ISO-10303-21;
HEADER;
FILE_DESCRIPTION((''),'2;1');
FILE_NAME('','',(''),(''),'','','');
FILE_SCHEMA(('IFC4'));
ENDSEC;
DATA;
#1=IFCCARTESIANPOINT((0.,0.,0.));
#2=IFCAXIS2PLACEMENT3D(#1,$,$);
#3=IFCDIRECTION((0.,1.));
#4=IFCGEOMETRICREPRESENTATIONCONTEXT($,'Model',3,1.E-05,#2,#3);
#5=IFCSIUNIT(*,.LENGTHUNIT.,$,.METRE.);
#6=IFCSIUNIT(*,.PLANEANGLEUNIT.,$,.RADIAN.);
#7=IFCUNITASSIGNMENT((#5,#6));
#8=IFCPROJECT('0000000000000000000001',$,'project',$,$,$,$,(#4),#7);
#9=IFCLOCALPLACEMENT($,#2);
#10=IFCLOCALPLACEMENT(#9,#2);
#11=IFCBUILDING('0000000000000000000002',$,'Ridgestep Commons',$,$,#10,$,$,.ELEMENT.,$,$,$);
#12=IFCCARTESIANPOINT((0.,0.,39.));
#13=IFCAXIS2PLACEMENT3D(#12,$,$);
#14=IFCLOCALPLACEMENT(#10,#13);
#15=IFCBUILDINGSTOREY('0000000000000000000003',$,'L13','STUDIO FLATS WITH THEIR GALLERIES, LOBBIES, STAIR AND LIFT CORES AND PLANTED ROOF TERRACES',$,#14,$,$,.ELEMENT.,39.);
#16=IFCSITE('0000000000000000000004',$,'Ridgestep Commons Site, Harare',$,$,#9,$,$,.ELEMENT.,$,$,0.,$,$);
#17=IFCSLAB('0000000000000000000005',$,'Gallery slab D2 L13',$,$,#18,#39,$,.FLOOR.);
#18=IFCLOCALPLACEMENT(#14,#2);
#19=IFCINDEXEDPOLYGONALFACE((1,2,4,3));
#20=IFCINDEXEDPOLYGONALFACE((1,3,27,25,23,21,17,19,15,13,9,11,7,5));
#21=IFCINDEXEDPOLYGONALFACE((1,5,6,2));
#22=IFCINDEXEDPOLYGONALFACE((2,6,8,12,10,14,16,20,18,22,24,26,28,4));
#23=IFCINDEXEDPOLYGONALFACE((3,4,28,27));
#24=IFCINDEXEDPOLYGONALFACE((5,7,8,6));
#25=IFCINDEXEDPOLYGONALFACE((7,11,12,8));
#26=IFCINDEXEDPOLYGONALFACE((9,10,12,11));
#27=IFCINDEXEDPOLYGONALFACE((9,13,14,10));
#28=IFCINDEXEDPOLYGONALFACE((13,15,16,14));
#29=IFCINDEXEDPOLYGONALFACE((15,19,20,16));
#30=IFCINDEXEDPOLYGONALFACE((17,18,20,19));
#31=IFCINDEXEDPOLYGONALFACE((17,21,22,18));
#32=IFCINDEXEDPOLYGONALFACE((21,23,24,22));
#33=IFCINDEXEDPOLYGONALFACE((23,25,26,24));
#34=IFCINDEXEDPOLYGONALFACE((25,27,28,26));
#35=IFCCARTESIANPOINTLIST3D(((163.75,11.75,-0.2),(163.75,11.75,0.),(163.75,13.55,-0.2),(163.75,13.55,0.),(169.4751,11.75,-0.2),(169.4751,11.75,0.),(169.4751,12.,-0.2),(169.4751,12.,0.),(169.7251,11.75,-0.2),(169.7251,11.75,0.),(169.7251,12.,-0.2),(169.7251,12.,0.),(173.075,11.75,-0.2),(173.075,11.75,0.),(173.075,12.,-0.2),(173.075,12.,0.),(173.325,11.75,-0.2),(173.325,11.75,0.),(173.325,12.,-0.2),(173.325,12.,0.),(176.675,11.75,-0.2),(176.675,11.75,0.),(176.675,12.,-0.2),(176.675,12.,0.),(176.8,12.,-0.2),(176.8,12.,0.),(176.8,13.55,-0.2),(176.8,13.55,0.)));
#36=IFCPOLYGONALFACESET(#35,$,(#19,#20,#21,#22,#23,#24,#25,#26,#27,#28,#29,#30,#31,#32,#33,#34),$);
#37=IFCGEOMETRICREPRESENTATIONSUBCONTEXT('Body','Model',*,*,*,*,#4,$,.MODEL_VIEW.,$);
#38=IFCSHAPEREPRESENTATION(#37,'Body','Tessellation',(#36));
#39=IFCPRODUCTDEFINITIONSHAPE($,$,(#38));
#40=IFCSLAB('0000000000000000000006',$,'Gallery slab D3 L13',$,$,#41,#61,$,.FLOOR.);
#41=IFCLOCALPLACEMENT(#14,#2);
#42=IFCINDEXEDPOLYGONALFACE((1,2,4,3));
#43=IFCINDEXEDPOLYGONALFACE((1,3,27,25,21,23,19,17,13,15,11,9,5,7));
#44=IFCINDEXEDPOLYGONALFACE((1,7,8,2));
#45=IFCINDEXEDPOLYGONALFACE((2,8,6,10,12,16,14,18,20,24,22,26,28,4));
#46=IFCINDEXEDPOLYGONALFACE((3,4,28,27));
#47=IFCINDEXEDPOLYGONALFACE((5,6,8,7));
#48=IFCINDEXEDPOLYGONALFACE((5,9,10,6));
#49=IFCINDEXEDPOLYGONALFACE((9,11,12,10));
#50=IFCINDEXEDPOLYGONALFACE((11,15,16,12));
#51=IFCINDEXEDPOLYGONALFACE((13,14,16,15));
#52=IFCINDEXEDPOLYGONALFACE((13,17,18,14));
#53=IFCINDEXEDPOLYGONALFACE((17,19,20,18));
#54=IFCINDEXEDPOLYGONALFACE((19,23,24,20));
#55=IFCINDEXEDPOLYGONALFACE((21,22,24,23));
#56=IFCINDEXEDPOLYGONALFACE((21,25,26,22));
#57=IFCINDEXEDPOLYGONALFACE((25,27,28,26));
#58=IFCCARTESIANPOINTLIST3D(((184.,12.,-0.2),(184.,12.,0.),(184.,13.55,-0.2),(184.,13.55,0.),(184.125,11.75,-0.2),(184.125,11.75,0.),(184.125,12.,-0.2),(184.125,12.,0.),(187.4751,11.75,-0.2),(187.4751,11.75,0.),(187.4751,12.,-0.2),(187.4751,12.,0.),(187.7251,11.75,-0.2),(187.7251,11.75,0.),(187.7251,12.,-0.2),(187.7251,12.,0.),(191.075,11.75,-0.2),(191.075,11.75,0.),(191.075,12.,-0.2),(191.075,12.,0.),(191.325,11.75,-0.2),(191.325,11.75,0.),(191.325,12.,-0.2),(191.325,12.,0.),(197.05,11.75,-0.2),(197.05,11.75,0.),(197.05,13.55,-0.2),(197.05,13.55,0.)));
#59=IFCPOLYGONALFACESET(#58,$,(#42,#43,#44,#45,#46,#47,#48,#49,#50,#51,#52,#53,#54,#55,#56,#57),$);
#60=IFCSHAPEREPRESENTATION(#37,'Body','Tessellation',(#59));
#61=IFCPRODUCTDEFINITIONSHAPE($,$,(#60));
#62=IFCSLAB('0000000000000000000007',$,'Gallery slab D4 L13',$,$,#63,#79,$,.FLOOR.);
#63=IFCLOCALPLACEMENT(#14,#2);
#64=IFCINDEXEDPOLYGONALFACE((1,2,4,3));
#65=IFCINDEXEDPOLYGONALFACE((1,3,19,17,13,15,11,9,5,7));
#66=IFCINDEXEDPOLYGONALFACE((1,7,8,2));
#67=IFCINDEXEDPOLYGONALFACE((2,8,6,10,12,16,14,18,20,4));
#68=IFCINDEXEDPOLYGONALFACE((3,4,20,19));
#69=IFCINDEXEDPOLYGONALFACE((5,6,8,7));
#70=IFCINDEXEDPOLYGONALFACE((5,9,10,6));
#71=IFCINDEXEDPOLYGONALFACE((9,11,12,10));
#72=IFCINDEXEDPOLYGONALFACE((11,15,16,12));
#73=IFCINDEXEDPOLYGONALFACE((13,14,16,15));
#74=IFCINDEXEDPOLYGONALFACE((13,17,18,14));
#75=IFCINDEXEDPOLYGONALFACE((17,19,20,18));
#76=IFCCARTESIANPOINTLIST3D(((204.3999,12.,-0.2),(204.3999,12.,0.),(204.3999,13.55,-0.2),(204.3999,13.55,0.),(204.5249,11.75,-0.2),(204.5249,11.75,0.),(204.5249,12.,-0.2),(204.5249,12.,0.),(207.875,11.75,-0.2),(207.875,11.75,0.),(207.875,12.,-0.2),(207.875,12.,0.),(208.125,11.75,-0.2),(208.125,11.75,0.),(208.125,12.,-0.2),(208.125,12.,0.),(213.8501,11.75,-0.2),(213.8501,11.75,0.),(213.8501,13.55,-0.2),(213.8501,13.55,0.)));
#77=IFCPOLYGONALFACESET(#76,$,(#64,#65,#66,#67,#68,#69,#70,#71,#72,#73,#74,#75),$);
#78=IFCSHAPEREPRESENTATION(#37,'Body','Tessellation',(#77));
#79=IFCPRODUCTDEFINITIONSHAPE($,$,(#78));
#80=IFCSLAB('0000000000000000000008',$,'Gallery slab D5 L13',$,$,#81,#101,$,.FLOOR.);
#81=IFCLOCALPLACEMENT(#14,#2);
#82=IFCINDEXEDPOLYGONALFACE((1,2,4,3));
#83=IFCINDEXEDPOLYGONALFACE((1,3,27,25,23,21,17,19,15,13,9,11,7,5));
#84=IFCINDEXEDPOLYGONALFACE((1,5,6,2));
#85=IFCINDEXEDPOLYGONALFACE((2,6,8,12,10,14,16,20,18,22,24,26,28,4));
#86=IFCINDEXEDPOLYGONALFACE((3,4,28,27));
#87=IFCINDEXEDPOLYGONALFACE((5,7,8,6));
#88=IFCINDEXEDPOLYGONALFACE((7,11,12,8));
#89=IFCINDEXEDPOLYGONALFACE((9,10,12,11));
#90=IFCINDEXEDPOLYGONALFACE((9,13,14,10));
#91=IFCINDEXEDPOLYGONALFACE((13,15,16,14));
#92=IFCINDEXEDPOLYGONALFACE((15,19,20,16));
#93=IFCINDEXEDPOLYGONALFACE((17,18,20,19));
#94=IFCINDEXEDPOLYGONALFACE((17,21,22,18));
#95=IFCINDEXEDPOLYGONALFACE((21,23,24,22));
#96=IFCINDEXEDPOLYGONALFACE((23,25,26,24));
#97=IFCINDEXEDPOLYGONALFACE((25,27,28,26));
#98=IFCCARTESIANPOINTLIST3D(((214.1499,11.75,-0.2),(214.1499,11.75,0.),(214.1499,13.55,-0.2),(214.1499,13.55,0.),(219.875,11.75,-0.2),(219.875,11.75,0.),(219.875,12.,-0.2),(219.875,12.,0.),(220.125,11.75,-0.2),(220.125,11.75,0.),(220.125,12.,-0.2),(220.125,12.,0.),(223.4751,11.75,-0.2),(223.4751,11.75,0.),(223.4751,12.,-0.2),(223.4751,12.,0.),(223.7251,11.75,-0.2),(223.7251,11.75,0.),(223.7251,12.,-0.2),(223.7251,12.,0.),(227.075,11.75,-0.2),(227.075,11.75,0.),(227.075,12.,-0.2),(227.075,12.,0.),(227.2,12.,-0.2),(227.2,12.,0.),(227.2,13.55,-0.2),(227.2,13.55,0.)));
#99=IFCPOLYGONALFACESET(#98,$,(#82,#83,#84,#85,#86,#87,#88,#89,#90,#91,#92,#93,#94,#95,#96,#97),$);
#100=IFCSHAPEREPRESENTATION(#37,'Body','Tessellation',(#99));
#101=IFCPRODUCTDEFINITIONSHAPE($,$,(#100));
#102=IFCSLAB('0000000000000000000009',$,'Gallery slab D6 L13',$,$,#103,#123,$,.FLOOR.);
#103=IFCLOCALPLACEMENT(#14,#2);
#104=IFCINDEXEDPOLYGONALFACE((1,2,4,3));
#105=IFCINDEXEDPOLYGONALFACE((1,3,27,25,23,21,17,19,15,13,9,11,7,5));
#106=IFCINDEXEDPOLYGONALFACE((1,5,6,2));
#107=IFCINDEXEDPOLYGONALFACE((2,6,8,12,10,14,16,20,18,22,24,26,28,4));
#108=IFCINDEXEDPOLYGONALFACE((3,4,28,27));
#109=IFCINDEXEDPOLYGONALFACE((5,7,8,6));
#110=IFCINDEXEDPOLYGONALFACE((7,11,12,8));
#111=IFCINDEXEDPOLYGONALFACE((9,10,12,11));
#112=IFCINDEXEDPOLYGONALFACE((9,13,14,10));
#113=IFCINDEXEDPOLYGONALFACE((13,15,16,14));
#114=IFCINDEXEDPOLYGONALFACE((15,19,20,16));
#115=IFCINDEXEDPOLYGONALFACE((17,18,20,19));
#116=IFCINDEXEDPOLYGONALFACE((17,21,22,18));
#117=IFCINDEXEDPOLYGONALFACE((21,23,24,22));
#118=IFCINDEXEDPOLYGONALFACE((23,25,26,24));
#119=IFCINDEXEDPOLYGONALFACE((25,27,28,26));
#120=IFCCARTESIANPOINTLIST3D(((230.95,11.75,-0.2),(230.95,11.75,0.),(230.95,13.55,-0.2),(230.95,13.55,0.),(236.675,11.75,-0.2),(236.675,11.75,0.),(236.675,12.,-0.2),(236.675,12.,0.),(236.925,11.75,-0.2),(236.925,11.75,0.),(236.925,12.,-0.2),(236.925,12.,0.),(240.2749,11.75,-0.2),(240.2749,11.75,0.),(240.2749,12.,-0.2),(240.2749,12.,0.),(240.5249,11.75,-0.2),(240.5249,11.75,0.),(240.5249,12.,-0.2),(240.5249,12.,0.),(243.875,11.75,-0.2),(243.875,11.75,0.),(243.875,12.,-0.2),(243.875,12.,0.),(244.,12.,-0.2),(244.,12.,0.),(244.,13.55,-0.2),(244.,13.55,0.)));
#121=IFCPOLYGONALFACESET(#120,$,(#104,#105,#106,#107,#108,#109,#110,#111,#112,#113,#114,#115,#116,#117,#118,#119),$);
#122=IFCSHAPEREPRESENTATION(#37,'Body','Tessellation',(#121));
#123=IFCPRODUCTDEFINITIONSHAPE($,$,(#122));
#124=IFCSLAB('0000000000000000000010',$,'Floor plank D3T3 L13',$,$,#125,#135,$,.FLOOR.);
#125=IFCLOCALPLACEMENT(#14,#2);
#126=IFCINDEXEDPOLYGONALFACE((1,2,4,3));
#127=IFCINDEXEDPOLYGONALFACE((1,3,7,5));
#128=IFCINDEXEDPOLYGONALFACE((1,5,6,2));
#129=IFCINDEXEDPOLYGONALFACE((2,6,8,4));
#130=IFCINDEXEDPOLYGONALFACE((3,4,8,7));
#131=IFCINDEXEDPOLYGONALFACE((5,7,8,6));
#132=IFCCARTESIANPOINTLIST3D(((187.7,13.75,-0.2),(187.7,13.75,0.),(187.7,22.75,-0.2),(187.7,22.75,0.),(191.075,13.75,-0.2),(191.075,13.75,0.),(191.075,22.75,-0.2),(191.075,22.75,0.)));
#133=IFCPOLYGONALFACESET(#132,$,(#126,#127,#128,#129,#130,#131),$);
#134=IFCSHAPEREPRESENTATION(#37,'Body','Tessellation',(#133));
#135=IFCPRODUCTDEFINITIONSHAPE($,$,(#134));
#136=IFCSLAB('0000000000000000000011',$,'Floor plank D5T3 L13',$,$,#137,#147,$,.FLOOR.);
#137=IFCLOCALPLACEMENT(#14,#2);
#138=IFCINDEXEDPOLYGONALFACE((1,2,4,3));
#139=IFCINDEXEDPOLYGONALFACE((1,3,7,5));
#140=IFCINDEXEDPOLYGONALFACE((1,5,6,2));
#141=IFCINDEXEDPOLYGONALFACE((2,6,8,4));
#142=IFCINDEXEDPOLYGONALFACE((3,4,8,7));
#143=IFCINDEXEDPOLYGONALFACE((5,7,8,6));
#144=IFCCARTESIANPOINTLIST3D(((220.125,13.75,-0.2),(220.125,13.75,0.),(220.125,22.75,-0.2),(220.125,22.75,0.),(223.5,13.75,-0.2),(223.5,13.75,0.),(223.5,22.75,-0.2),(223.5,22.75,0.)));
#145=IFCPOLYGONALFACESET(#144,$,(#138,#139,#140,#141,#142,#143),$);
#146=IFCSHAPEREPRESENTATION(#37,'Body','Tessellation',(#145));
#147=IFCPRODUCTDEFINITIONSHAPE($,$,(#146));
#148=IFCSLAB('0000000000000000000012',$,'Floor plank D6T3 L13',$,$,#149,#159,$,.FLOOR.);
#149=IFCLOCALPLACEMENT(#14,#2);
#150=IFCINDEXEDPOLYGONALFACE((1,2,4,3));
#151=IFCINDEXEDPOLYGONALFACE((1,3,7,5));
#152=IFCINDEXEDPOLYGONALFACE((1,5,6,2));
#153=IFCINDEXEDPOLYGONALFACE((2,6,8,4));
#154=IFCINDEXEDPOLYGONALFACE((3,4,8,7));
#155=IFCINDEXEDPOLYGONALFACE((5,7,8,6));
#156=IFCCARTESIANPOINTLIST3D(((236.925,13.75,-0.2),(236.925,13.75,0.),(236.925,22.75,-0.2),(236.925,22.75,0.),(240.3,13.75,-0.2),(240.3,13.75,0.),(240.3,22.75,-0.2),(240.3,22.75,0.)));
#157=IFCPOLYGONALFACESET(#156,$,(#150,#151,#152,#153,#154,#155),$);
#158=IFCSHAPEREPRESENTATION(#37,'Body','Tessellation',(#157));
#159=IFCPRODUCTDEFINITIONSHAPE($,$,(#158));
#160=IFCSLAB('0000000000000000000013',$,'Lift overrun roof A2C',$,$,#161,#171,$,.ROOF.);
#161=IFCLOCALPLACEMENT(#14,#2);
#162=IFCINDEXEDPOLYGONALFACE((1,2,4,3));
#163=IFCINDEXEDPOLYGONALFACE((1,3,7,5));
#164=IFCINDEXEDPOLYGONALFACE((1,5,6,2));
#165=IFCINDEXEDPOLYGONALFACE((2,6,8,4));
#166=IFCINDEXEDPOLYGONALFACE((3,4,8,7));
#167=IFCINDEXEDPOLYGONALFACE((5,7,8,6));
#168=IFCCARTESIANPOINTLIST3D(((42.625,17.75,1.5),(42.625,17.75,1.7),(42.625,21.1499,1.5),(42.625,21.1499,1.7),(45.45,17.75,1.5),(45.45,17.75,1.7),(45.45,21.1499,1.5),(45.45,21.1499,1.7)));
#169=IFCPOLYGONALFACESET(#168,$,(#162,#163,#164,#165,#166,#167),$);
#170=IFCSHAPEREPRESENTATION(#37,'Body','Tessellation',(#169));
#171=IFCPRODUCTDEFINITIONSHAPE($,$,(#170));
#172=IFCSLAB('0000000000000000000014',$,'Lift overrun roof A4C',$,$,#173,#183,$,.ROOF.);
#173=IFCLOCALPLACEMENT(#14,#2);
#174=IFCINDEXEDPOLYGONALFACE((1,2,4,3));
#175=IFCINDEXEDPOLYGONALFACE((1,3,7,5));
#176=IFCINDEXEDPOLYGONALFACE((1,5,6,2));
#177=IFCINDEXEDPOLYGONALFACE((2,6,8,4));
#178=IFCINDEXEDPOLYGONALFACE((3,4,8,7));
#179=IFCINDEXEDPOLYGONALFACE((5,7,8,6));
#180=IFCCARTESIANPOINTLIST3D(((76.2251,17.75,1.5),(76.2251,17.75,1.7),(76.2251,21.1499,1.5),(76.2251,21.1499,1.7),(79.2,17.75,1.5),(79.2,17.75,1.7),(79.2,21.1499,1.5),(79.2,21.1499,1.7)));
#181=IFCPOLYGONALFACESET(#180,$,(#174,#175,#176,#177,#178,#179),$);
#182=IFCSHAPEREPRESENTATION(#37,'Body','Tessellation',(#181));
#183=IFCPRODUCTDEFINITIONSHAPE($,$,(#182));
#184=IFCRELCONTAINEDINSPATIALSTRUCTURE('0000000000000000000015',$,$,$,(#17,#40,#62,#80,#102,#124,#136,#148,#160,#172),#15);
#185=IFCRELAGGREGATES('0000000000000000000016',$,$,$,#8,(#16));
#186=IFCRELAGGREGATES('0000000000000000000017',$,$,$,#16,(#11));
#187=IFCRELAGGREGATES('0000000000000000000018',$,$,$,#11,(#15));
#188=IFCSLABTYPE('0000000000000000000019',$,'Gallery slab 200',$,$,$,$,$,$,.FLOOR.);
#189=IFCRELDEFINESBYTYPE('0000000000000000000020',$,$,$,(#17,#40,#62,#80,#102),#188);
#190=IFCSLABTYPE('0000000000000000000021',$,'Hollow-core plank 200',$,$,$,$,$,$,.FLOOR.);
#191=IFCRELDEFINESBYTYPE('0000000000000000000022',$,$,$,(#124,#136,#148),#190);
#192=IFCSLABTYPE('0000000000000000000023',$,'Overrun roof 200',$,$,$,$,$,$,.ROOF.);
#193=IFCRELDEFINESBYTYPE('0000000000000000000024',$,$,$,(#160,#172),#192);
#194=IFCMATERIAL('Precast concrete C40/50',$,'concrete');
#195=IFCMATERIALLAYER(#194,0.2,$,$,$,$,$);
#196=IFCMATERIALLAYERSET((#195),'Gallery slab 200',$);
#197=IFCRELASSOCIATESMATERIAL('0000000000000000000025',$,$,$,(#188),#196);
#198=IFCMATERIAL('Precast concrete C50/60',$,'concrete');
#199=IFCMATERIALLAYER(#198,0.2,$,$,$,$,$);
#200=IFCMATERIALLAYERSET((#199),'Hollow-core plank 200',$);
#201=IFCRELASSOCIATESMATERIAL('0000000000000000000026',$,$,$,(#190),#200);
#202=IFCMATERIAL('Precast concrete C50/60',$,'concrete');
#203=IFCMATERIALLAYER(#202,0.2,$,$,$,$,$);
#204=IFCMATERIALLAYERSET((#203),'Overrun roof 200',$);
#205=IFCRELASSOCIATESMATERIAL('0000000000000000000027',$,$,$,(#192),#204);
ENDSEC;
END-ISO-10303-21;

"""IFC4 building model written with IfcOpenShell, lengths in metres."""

from ifc_helpers import new_model, si_unit, direction, frame, origin, place, context, subcontext, project, spatial, polyline, outline, extrude, material, layer, layer_set, type_object, element, save


model = new_model("IFC4")

# Units and contexts
model_context = context("Model", 3, precision=1e-05, world=origin(), true_north=direction((0.0, 1.0)))
body_context = subcontext(model_context, "Body", "Model", "MODEL_VIEW")
ifc_project = project(units=[si_unit("LENGTHUNIT", "METRE"), si_unit("PLANEANGLEUNIT", "RADIAN")], contexts=[model_context])

# Site, building, storey
site_placement = place(None, origin())
site = spatial("IfcSite", under=ifc_project, at=site_placement, Name="Ridgestep Commons Site, Harare", CompositionType="ELEMENT", RefElevation=0.0)
building_placement = place(site_placement, origin())
building = spatial("IfcBuilding", under=site, at=building_placement, Name="Ridgestep Commons", CompositionType="ELEMENT")
storey_placement = place(building_placement, frame((0.0, 0.0, 39.0)))
storey = spatial("IfcBuildingStorey", under=building, at=storey_placement, Name="L13", Description="STUDIO FLATS WITH THEIR GALLERIES, LOBBIES, STAIR AND LIFT CORES AND PLANTED ROOF TERRACES", CompositionType="ELEMENT", Elevation=39.0)

# Slabs
ifc_material_1 = material(Name="Precast concrete C40/50", Category="concrete")
ifc_layer_1 = layer(ifc_material_1, 0.2)
ifc_layer_set_1 = layer_set([ifc_layer_1], Name="Gallery slab 200")
slab_type_1 = type_object("IfcSlabType", Name="Gallery slab 200", PredefinedType="FLOOR", material=ifc_layer_set_1)
slab_1_placement = place(storey_placement, frame((0.0, 0.0, -0.2)))
element("IfcSlab", 1, at=slab_1_placement, inside=storey, type_object=slab_type_1, Name="Gallery slab D2 L13", PredefinedType="FLOOR", context=body_context, shape_type="SweptSolid", body=[
    extrude(outline(polyline([(176.8, 13.55), (163.75, 13.55), (163.75, 11.75), (169.4751, 11.75), (169.4751, 12.0), (169.7251, 12.0), (169.7251, 11.75), (173.075, 11.75), (173.075, 12.0), (173.325, 12.0), (173.325, 11.75), (176.675, 11.75), (176.675, 12.0), (176.8, 12.0), (176.8, 13.55)])), origin(), (0.0, 0.0, 1.0), 0.2),
])
slab_2_placement = place(storey_placement, frame((0.0, 0.0, -0.2)))
element("IfcSlab", 2, at=slab_2_placement, inside=storey, type_object=slab_type_1, Name="Gallery slab D3 L13", PredefinedType="FLOOR", context=body_context, shape_type="SweptSolid", body=[
    extrude(outline(polyline([(197.05, 11.75), (197.05, 13.55), (184.0, 13.55), (184.0, 12.0), (184.125, 12.0), (184.125, 11.75), (187.4751, 11.75), (187.4751, 12.0), (187.7251, 12.0), (187.7251, 11.75), (191.075, 11.75), (191.075, 12.0), (191.325, 12.0), (191.325, 11.75), (197.05, 11.75)])), origin(), (0.0, 0.0, 1.0), 0.2),
])
slab_3_placement = place(storey_placement, frame((0.0, 0.0, -0.2)))
element("IfcSlab", 3, at=slab_3_placement, inside=storey, type_object=slab_type_1, Name="Gallery slab D4 L13", PredefinedType="FLOOR", context=body_context, shape_type="SweptSolid", body=[
    extrude(outline(polyline([(213.8501, 13.55), (204.3999, 13.55), (204.3999, 12.0), (204.5249, 12.0), (204.5249, 11.75), (207.875, 11.75), (207.875, 12.0), (208.125, 12.0), (208.125, 11.75), (213.8501, 11.75), (213.8501, 13.55)])), origin(), (0.0, 0.0, 1.0), 0.2),
])
slab_4_placement = place(storey_placement, frame((0.0, 0.0, -0.2)))
element("IfcSlab", 4, at=slab_4_placement, inside=storey, type_object=slab_type_1, Name="Gallery slab D5 L13", PredefinedType="FLOOR", context=body_context, shape_type="SweptSolid", body=[
    extrude(outline(polyline([(227.2, 13.55), (214.1499, 13.55), (214.1499, 11.75), (219.875, 11.75), (219.875, 12.0), (220.125, 12.0), (220.125, 11.75), (223.4751, 11.75), (223.4751, 12.0), (223.7251, 12.0), (223.7251, 11.75), (227.075, 11.75), (227.075, 12.0), (227.2, 12.0), (227.2, 13.55)])), origin(), (0.0, 0.0, 1.0), 0.2),
])
slab_5_placement = place(storey_placement, frame((0.0, 0.0, -0.2)))
element("IfcSlab", 5, at=slab_5_placement, inside=storey, type_object=slab_type_1, Name="Gallery slab D6 L13", PredefinedType="FLOOR", context=body_context, shape_type="SweptSolid", body=[
    extrude(outline(polyline([(244.0, 13.55), (230.95, 13.55), (230.95, 11.75), (236.675, 11.75), (236.675, 12.0), (236.925, 12.0), (236.925, 11.75), (240.2749, 11.75), (240.2749, 12.0), (240.5249, 12.0), (240.5249, 11.75), (243.875, 11.75), (243.875, 12.0), (244.0, 12.0), (244.0, 13.55)])), origin(), (0.0, 0.0, 1.0), 0.2),
])
ifc_material_2 = material(Name="Precast concrete C50/60", Category="concrete")
ifc_layer_2 = layer(ifc_material_2, 0.2)
ifc_layer_set_2 = layer_set([ifc_layer_2], Name="Hollow-core plank 200")
slab_type_2 = type_object("IfcSlabType", Name="Hollow-core plank 200", PredefinedType="FLOOR", material=ifc_layer_set_2)
slab_6_placement = place(storey_placement, frame((0.0, 0.0, -0.2)))
element("IfcSlab", 6, at=slab_6_placement, inside=storey, type_object=slab_type_2, Name="Floor plank D3T3 L13", PredefinedType="FLOOR", context=body_context, shape_type="SweptSolid", body=[
    extrude(outline(polyline([(191.075, 13.75), (191.075, 22.75), (187.7, 22.75), (187.7, 13.75), (191.075, 13.75)])), origin(), (0.0, 0.0, 1.0), 0.2),
])
slab_7_placement = place(storey_placement, frame((0.0, 0.0, -0.2)))
element("IfcSlab", 7, at=slab_7_placement, inside=storey, type_object=slab_type_2, Name="Floor plank D5T3 L13", PredefinedType="FLOOR", context=body_context, shape_type="SweptSolid", body=[
    extrude(outline(polyline([(223.5, 13.75), (223.5, 22.75), (220.125, 22.75), (220.125, 13.75), (223.5, 13.75)])), origin(), (0.0, 0.0, 1.0), 0.2),
])
slab_8_placement = place(storey_placement, frame((0.0, 0.0, -0.2)))
element("IfcSlab", 8, at=slab_8_placement, inside=storey, type_object=slab_type_2, Name="Floor plank D6T3 L13", PredefinedType="FLOOR", context=body_context, shape_type="SweptSolid", body=[
    extrude(outline(polyline([(240.3, 13.75), (240.3, 22.75), (236.925, 22.75), (236.925, 13.75), (240.3, 13.75)])), origin(), (0.0, 0.0, 1.0), 0.2),
])
ifc_material_3 = material(Name="Precast concrete C50/60", Category="concrete")
ifc_layer_3 = layer(ifc_material_3, 0.2)
ifc_layer_set_3 = layer_set([ifc_layer_3], Name="Overrun roof 200")
slab_type_3 = type_object("IfcSlabType", Name="Overrun roof 200", PredefinedType="ROOF", material=ifc_layer_set_3)
slab_9_placement = place(storey_placement, frame((0.0, 0.0, 1.5)))
element("IfcSlab", 9, at=slab_9_placement, inside=storey, type_object=slab_type_3, Name="Lift overrun roof A2C", PredefinedType="ROOF", context=body_context, shape_type="SweptSolid", body=[
    extrude(outline(polyline([(42.625, 17.75), (45.45, 17.75), (45.45, 21.1499), (42.625, 21.1499), (42.625, 17.75)])), origin(), (0.0, 0.0, 1.0), 0.2),
])
slab_10_placement = place(storey_placement, frame((0.0, 0.0, 1.5)))
element("IfcSlab", 10, at=slab_10_placement, inside=storey, type_object=slab_type_3, Name="Lift overrun roof A4C", PredefinedType="ROOF", context=body_context, shape_type="SweptSolid", body=[
    extrude(outline(polyline([(79.2, 17.75), (79.2, 21.1499), (76.2251, 21.1499), (76.2251, 17.75), (79.2, 17.75)])), origin(), (0.0, 0.0, 1.0), 0.2),
])

save(model, "model.ifc")
